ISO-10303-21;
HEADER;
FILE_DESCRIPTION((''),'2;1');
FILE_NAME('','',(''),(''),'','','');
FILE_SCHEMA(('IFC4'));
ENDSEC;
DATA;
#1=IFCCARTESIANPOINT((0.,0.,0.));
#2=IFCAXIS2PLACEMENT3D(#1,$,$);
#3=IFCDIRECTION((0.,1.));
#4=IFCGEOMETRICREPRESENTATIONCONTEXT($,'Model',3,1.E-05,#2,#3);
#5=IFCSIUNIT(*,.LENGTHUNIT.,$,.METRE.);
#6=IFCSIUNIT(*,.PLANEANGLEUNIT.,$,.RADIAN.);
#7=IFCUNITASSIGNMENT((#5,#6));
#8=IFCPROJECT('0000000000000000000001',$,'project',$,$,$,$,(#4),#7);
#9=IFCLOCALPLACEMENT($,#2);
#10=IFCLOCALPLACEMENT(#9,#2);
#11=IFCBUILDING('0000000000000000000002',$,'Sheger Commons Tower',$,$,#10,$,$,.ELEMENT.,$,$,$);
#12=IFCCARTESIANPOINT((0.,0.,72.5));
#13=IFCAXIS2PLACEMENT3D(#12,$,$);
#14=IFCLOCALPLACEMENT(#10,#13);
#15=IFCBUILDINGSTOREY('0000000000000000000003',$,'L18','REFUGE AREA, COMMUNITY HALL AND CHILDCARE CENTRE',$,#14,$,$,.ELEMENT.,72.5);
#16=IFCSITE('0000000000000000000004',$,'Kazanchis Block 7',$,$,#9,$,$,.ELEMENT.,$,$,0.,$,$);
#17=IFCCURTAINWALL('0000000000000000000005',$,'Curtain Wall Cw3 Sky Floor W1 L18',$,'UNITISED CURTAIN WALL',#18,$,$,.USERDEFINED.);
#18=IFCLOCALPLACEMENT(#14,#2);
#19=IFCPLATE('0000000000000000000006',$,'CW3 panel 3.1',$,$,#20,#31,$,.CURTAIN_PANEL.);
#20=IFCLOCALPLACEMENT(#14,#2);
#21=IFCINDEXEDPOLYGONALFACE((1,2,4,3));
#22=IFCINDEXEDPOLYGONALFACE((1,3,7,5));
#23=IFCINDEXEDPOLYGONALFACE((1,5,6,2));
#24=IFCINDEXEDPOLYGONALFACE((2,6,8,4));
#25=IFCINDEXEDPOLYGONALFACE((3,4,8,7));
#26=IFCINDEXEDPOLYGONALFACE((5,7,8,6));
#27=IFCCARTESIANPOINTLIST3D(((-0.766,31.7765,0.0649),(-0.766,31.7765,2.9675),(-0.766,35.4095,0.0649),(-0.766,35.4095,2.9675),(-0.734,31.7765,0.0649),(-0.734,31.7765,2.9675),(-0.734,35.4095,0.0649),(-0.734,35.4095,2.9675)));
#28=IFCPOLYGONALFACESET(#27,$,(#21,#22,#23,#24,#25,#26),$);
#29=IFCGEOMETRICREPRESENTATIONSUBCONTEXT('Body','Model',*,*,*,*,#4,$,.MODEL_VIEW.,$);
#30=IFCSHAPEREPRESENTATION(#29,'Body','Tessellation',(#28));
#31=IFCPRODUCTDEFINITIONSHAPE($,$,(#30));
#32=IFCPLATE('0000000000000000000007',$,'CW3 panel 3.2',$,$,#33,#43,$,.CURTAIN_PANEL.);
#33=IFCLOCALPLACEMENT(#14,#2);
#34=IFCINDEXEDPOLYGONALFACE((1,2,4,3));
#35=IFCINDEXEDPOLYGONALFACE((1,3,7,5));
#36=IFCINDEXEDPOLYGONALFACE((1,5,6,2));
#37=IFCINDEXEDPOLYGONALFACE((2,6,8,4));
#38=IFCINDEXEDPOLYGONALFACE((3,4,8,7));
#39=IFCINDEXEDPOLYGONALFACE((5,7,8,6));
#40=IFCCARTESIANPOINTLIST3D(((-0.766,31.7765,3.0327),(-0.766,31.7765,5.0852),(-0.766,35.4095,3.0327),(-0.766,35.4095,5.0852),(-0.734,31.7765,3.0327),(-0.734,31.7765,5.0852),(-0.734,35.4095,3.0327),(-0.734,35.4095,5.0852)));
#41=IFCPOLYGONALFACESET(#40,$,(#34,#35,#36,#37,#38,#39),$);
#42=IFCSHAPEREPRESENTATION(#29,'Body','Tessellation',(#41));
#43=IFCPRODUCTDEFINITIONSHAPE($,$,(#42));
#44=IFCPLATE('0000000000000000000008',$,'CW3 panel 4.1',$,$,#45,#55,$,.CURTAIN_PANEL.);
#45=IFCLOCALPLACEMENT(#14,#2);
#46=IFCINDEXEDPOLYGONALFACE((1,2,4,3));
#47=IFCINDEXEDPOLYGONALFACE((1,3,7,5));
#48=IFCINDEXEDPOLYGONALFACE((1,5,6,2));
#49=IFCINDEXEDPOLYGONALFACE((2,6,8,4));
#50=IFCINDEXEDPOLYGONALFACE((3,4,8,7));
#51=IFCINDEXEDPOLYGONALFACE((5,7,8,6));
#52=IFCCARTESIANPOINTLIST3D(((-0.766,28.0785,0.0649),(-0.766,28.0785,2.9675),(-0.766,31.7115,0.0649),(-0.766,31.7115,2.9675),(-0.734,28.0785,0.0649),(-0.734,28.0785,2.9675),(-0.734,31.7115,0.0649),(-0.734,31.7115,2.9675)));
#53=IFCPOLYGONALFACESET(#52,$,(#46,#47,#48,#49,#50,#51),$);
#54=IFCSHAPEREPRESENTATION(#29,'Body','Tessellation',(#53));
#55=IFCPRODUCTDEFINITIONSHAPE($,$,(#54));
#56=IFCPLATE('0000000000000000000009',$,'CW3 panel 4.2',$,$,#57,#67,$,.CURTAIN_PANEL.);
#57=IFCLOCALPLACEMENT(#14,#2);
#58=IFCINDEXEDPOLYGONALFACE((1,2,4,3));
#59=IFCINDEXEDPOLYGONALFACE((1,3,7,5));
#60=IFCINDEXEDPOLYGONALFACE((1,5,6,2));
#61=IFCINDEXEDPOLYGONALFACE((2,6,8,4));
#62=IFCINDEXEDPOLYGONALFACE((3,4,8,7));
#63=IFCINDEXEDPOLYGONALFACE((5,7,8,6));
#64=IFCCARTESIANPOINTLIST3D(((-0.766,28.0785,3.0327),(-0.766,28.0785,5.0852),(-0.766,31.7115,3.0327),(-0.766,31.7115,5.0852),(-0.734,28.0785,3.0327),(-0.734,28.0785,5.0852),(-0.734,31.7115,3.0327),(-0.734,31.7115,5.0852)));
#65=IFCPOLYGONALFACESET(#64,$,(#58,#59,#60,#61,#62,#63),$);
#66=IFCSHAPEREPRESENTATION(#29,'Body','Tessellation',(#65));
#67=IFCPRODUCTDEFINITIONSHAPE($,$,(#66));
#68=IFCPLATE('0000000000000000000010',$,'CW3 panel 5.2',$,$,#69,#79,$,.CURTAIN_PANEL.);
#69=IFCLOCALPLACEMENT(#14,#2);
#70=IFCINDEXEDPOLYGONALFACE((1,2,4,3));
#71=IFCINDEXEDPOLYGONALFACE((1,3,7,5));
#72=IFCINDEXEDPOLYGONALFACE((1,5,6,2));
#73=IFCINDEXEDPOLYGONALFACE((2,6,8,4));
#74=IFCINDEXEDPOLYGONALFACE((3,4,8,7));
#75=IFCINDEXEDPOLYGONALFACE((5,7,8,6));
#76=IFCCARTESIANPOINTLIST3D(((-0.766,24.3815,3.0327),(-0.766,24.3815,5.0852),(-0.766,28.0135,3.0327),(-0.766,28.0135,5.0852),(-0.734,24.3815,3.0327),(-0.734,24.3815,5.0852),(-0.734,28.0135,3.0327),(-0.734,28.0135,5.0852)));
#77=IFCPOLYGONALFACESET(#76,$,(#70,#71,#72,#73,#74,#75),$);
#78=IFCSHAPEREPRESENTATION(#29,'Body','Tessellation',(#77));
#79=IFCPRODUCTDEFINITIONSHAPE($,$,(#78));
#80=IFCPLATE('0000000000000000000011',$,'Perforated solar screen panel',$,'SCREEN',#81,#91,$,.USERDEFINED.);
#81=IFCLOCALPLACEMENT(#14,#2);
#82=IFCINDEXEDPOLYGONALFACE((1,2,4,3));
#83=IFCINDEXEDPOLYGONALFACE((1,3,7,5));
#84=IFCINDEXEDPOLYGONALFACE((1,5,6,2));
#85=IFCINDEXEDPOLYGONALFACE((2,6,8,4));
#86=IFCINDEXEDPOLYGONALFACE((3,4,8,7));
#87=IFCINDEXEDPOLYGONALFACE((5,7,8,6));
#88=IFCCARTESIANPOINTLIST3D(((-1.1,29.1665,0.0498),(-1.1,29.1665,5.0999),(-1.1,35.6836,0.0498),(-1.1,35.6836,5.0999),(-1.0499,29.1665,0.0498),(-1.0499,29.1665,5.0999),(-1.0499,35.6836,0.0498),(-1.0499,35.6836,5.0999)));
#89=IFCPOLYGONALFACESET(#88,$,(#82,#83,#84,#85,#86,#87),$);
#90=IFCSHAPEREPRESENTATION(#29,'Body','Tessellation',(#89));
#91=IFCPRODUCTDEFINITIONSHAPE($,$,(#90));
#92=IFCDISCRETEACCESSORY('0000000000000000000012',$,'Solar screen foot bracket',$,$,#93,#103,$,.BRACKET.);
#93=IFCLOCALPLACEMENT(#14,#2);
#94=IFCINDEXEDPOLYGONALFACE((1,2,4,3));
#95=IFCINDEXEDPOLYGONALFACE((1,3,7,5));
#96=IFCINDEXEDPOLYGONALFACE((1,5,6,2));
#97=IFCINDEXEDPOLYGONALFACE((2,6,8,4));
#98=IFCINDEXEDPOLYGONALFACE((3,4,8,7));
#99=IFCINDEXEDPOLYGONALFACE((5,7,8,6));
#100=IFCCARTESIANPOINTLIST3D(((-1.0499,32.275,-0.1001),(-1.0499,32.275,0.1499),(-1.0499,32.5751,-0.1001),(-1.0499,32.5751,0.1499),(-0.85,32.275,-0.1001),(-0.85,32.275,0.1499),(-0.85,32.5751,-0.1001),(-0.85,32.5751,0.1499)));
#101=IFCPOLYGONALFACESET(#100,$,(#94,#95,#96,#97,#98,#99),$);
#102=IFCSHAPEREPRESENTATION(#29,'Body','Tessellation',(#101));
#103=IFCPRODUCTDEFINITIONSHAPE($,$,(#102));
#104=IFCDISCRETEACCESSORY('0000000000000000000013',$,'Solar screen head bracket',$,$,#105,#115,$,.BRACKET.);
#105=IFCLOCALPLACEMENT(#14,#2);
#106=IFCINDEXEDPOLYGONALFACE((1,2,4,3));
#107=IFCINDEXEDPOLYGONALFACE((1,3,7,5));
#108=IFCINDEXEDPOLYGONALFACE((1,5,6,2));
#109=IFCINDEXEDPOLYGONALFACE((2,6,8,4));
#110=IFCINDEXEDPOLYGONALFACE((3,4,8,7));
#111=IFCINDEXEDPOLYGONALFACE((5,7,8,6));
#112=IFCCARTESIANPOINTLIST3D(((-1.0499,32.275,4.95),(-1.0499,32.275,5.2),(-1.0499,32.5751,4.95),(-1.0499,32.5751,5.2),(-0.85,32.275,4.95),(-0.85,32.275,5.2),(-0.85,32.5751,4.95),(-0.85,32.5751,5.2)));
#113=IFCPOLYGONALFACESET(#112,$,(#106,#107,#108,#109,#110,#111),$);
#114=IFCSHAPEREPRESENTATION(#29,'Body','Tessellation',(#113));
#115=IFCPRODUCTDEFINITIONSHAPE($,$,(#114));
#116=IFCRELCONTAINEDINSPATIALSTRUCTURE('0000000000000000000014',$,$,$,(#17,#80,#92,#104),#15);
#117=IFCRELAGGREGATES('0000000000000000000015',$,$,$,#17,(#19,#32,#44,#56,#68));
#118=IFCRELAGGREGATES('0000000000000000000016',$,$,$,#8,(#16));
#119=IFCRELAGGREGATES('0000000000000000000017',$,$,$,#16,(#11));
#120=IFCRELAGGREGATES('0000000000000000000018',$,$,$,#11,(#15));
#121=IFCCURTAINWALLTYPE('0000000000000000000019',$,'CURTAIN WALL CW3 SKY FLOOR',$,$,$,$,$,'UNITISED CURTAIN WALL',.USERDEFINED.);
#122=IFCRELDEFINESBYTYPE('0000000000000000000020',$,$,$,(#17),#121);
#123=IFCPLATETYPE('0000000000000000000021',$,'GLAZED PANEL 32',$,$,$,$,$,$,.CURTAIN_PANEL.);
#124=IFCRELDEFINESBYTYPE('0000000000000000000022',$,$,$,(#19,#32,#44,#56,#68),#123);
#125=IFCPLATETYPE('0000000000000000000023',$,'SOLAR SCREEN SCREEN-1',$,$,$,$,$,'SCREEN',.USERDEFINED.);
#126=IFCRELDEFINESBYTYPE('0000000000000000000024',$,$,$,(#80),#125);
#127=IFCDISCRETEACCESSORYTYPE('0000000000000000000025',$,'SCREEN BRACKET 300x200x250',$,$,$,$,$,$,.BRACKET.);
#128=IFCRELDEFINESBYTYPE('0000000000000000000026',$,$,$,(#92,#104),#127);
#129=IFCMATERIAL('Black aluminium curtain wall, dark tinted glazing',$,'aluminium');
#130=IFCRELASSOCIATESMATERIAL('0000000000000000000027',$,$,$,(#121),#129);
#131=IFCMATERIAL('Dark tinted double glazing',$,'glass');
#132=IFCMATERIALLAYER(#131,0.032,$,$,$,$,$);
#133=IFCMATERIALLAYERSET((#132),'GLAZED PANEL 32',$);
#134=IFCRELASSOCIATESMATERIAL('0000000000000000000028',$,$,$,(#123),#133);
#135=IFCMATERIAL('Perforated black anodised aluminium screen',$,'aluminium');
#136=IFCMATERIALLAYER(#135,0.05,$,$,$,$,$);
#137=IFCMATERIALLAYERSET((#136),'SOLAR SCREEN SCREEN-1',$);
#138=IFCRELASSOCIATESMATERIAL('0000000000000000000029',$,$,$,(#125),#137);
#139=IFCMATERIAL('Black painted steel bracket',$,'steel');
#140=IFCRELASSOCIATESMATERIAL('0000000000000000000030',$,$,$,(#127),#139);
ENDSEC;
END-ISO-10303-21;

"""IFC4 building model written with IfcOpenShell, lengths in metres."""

from ifc_helpers import new_model, si_unit, direction, frame, origin, origin_2d, place, context, subcontext, project, spatial, rectangle, extrude, material, layer, layer_set, type_object, element, aggregate, save


model = new_model("IFC4")

# Units and contexts
model_context = context("Model", 3, precision=1e-05, world=origin(), true_north=direction((0.0, 1.0)))
body_context = subcontext(model_context, "Body", "Model", "MODEL_VIEW")
ifc_project = project(units=[si_unit("LENGTHUNIT", "METRE"), si_unit("PLANEANGLEUNIT", "RADIAN")], contexts=[model_context])

# Site, building, storey
site_placement = place(None, origin())
site = spatial("IfcSite", under=ifc_project, at=site_placement, Name="Kazanchis Block 7", CompositionType="ELEMENT", RefElevation=0.0)
building_placement = place(site_placement, origin())
building = spatial("IfcBuilding", under=site, at=building_placement, Name="Sheger Commons Tower", CompositionType="ELEMENT")
storey_placement = place(building_placement, frame((0.0, 0.0, 72.5)))
storey = spatial("IfcBuildingStorey", under=building, at=storey_placement, Name="L18", Description="REFUGE AREA, COMMUNITY HALL AND CHILDCARE CENTRE", CompositionType="ELEMENT", Elevation=72.5)

# Curtain wall, plates
ifc_material_1 = material(Name="Black aluminium curtain wall, dark tinted glazing", Category="aluminium")
curtain_wall_type = type_object("IfcCurtainWallType", Name="CURTAIN WALL CW3 SKY FLOOR", ElementType="UNITISED CURTAIN WALL", PredefinedType="USERDEFINED", material=ifc_material_1)
curtain_wall_placement = place(storey_placement, origin())
curtain_wall = element("IfcCurtainWall", 1, at=curtain_wall_placement, inside=storey, type_object=curtain_wall_type, Name="Curtain Wall Cw3 Sky Floor W1 L18", ObjectType="UNITISED CURTAIN WALL", PredefinedType="USERDEFINED")
ifc_material_2 = material(Name="Dark tinted double glazing", Category="glass")
ifc_layer_1 = layer(ifc_material_2, 0.032)
ifc_layer_set_1 = layer_set([ifc_layer_1], Name="GLAZED PANEL 32")
plate_type_1 = type_object("IfcPlateType", Name="GLAZED PANEL 32", PredefinedType="CURTAIN_PANEL", material=ifc_layer_set_1)
plate_1_placement = place(storey_placement, frame((-0.75, 33.593, 0.0649), z_axis=(0.0, 0.0, 1.0), x_axis=(0.0, -1.0, 0.0)))
plate_1 = element("IfcPlate", 2, at=plate_1_placement, type_object=plate_type_1, Name="CW3 panel 3.1", PredefinedType="CURTAIN_PANEL", context=body_context, shape_type="SweptSolid", body=[
    extrude(rectangle(XDim=3.6331, YDim=0.032, at=origin_2d()), origin(), (0.0, 0.0, 1.0), 2.9026),
])
plate_2_placement = place(storey_placement, frame((-0.75, 33.593, 3.0327), z_axis=(0.0, 0.0, 1.0), x_axis=(0.0, -1.0, 0.0)))
plate_2 = element("IfcPlate", 3, at=plate_2_placement, type_object=plate_type_1, Name="CW3 panel 3.2", PredefinedType="CURTAIN_PANEL", context=body_context, shape_type="SweptSolid", body=[
    extrude(rectangle(XDim=3.6331, YDim=0.032, at=origin_2d()), origin(), (0.0, 0.0, 1.0), 2.0525),
])
plate_3_placement = place(storey_placement, frame((-0.75, 29.895, 0.0649), z_axis=(0.0, 0.0, 1.0), x_axis=(0.0, -1.0, 0.0)))
plate_3 = element("IfcPlate", 4, at=plate_3_placement, type_object=plate_type_1, Name="CW3 panel 4.1", PredefinedType="CURTAIN_PANEL", context=body_context, shape_type="SweptSolid", body=[
    extrude(rectangle(XDim=3.6331, YDim=0.032, at=origin_2d()), origin(), (0.0, 0.0, 1.0), 2.9026),
])
plate_4_placement = place(storey_placement, frame((-0.75, 29.895, 3.0327), z_axis=(0.0, 0.0, 1.0), x_axis=(0.0, -1.0, 0.0)))
plate_4 = element("IfcPlate", 5, at=plate_4_placement, type_object=plate_type_1, Name="CW3 panel 4.2", PredefinedType="CURTAIN_PANEL", context=body_context, shape_type="SweptSolid", body=[
    extrude(rectangle(XDim=3.6331, YDim=0.032, at=origin_2d()), origin(), (0.0, 0.0, 1.0), 2.0525),
])
plate_5_placement = place(storey_placement, frame((-0.75, 26.1975, 3.0327), z_axis=(0.0, 0.0, 1.0), x_axis=(0.0, -1.0, 0.0)))
plate_5 = element("IfcPlate", 6, at=plate_5_placement, type_object=plate_type_1, Name="CW3 panel 5.2", PredefinedType="CURTAIN_PANEL", context=body_context, shape_type="SweptSolid", body=[
    extrude(rectangle(XDim=3.6321, YDim=0.032, at=origin_2d()), origin(), (0.0, 0.0, 1.0), 2.0525),
])
aggregate(curtain_wall, [plate_1, plate_2, plate_3, plate_4, plate_5])

# Plate
ifc_material_3 = material(Name="Perforated black anodised aluminium screen", Category="aluminium")
ifc_layer_2 = layer(ifc_material_3, 0.05)
ifc_layer_set_2 = layer_set([ifc_layer_2], Name="SOLAR SCREEN SCREEN-1")
plate_type_2 = type_object("IfcPlateType", Name="SOLAR SCREEN SCREEN-1", ElementType="SCREEN", PredefinedType="USERDEFINED", material=ifc_layer_set_2)
plate_6_placement = place(storey_placement, frame((-1.075, 32.425, 0.0498), z_axis=(0.0, 0.0, 1.0), x_axis=(0.0, -1.0, 0.0)))
element("IfcPlate", 7, at=plate_6_placement, inside=storey, type_object=plate_type_2, Name="Perforated solar screen panel", ObjectType="SCREEN", PredefinedType="USERDEFINED", context=body_context, shape_type="SweptSolid", body=[
    extrude(rectangle(XDim=6.5171, YDim=0.05, at=origin_2d()), origin(), (0.0, 0.0, 1.0), 5.05),
])

# Discrete accessories
ifc_material_4 = material(Name="Black painted steel bracket", Category="steel")
discrete_accessory_type = type_object("IfcDiscreteAccessoryType", Name="SCREEN BRACKET 300x200x250", PredefinedType="BRACKET", material=ifc_material_4)
for number, where, z_axis, x_axis, name in (
    (8, (-0.95, 32.425, -0.1001), (0.0, 0.0, 1.0), (0.0, -1.0, 0.0), "Solar screen foot bracket"),
    (9, (-0.95, 32.425, 4.95), (0.0, 0.0, 1.0), (0.0, -1.0, 0.0), "Solar screen head bracket"),
):
    element("IfcDiscreteAccessory", number, at=place(storey_placement, frame(where, z_axis=z_axis, x_axis=x_axis)), inside=storey, type_object=discrete_accessory_type, Name=name, PredefinedType="BRACKET", context=body_context, shape_type="SweptSolid", body=[
        extrude(rectangle(XDim=0.3, YDim=0.2, at=origin_2d()), origin(), (0.0, 0.0, 1.0), 0.25),
    ])

save(model, "model.ifc")
